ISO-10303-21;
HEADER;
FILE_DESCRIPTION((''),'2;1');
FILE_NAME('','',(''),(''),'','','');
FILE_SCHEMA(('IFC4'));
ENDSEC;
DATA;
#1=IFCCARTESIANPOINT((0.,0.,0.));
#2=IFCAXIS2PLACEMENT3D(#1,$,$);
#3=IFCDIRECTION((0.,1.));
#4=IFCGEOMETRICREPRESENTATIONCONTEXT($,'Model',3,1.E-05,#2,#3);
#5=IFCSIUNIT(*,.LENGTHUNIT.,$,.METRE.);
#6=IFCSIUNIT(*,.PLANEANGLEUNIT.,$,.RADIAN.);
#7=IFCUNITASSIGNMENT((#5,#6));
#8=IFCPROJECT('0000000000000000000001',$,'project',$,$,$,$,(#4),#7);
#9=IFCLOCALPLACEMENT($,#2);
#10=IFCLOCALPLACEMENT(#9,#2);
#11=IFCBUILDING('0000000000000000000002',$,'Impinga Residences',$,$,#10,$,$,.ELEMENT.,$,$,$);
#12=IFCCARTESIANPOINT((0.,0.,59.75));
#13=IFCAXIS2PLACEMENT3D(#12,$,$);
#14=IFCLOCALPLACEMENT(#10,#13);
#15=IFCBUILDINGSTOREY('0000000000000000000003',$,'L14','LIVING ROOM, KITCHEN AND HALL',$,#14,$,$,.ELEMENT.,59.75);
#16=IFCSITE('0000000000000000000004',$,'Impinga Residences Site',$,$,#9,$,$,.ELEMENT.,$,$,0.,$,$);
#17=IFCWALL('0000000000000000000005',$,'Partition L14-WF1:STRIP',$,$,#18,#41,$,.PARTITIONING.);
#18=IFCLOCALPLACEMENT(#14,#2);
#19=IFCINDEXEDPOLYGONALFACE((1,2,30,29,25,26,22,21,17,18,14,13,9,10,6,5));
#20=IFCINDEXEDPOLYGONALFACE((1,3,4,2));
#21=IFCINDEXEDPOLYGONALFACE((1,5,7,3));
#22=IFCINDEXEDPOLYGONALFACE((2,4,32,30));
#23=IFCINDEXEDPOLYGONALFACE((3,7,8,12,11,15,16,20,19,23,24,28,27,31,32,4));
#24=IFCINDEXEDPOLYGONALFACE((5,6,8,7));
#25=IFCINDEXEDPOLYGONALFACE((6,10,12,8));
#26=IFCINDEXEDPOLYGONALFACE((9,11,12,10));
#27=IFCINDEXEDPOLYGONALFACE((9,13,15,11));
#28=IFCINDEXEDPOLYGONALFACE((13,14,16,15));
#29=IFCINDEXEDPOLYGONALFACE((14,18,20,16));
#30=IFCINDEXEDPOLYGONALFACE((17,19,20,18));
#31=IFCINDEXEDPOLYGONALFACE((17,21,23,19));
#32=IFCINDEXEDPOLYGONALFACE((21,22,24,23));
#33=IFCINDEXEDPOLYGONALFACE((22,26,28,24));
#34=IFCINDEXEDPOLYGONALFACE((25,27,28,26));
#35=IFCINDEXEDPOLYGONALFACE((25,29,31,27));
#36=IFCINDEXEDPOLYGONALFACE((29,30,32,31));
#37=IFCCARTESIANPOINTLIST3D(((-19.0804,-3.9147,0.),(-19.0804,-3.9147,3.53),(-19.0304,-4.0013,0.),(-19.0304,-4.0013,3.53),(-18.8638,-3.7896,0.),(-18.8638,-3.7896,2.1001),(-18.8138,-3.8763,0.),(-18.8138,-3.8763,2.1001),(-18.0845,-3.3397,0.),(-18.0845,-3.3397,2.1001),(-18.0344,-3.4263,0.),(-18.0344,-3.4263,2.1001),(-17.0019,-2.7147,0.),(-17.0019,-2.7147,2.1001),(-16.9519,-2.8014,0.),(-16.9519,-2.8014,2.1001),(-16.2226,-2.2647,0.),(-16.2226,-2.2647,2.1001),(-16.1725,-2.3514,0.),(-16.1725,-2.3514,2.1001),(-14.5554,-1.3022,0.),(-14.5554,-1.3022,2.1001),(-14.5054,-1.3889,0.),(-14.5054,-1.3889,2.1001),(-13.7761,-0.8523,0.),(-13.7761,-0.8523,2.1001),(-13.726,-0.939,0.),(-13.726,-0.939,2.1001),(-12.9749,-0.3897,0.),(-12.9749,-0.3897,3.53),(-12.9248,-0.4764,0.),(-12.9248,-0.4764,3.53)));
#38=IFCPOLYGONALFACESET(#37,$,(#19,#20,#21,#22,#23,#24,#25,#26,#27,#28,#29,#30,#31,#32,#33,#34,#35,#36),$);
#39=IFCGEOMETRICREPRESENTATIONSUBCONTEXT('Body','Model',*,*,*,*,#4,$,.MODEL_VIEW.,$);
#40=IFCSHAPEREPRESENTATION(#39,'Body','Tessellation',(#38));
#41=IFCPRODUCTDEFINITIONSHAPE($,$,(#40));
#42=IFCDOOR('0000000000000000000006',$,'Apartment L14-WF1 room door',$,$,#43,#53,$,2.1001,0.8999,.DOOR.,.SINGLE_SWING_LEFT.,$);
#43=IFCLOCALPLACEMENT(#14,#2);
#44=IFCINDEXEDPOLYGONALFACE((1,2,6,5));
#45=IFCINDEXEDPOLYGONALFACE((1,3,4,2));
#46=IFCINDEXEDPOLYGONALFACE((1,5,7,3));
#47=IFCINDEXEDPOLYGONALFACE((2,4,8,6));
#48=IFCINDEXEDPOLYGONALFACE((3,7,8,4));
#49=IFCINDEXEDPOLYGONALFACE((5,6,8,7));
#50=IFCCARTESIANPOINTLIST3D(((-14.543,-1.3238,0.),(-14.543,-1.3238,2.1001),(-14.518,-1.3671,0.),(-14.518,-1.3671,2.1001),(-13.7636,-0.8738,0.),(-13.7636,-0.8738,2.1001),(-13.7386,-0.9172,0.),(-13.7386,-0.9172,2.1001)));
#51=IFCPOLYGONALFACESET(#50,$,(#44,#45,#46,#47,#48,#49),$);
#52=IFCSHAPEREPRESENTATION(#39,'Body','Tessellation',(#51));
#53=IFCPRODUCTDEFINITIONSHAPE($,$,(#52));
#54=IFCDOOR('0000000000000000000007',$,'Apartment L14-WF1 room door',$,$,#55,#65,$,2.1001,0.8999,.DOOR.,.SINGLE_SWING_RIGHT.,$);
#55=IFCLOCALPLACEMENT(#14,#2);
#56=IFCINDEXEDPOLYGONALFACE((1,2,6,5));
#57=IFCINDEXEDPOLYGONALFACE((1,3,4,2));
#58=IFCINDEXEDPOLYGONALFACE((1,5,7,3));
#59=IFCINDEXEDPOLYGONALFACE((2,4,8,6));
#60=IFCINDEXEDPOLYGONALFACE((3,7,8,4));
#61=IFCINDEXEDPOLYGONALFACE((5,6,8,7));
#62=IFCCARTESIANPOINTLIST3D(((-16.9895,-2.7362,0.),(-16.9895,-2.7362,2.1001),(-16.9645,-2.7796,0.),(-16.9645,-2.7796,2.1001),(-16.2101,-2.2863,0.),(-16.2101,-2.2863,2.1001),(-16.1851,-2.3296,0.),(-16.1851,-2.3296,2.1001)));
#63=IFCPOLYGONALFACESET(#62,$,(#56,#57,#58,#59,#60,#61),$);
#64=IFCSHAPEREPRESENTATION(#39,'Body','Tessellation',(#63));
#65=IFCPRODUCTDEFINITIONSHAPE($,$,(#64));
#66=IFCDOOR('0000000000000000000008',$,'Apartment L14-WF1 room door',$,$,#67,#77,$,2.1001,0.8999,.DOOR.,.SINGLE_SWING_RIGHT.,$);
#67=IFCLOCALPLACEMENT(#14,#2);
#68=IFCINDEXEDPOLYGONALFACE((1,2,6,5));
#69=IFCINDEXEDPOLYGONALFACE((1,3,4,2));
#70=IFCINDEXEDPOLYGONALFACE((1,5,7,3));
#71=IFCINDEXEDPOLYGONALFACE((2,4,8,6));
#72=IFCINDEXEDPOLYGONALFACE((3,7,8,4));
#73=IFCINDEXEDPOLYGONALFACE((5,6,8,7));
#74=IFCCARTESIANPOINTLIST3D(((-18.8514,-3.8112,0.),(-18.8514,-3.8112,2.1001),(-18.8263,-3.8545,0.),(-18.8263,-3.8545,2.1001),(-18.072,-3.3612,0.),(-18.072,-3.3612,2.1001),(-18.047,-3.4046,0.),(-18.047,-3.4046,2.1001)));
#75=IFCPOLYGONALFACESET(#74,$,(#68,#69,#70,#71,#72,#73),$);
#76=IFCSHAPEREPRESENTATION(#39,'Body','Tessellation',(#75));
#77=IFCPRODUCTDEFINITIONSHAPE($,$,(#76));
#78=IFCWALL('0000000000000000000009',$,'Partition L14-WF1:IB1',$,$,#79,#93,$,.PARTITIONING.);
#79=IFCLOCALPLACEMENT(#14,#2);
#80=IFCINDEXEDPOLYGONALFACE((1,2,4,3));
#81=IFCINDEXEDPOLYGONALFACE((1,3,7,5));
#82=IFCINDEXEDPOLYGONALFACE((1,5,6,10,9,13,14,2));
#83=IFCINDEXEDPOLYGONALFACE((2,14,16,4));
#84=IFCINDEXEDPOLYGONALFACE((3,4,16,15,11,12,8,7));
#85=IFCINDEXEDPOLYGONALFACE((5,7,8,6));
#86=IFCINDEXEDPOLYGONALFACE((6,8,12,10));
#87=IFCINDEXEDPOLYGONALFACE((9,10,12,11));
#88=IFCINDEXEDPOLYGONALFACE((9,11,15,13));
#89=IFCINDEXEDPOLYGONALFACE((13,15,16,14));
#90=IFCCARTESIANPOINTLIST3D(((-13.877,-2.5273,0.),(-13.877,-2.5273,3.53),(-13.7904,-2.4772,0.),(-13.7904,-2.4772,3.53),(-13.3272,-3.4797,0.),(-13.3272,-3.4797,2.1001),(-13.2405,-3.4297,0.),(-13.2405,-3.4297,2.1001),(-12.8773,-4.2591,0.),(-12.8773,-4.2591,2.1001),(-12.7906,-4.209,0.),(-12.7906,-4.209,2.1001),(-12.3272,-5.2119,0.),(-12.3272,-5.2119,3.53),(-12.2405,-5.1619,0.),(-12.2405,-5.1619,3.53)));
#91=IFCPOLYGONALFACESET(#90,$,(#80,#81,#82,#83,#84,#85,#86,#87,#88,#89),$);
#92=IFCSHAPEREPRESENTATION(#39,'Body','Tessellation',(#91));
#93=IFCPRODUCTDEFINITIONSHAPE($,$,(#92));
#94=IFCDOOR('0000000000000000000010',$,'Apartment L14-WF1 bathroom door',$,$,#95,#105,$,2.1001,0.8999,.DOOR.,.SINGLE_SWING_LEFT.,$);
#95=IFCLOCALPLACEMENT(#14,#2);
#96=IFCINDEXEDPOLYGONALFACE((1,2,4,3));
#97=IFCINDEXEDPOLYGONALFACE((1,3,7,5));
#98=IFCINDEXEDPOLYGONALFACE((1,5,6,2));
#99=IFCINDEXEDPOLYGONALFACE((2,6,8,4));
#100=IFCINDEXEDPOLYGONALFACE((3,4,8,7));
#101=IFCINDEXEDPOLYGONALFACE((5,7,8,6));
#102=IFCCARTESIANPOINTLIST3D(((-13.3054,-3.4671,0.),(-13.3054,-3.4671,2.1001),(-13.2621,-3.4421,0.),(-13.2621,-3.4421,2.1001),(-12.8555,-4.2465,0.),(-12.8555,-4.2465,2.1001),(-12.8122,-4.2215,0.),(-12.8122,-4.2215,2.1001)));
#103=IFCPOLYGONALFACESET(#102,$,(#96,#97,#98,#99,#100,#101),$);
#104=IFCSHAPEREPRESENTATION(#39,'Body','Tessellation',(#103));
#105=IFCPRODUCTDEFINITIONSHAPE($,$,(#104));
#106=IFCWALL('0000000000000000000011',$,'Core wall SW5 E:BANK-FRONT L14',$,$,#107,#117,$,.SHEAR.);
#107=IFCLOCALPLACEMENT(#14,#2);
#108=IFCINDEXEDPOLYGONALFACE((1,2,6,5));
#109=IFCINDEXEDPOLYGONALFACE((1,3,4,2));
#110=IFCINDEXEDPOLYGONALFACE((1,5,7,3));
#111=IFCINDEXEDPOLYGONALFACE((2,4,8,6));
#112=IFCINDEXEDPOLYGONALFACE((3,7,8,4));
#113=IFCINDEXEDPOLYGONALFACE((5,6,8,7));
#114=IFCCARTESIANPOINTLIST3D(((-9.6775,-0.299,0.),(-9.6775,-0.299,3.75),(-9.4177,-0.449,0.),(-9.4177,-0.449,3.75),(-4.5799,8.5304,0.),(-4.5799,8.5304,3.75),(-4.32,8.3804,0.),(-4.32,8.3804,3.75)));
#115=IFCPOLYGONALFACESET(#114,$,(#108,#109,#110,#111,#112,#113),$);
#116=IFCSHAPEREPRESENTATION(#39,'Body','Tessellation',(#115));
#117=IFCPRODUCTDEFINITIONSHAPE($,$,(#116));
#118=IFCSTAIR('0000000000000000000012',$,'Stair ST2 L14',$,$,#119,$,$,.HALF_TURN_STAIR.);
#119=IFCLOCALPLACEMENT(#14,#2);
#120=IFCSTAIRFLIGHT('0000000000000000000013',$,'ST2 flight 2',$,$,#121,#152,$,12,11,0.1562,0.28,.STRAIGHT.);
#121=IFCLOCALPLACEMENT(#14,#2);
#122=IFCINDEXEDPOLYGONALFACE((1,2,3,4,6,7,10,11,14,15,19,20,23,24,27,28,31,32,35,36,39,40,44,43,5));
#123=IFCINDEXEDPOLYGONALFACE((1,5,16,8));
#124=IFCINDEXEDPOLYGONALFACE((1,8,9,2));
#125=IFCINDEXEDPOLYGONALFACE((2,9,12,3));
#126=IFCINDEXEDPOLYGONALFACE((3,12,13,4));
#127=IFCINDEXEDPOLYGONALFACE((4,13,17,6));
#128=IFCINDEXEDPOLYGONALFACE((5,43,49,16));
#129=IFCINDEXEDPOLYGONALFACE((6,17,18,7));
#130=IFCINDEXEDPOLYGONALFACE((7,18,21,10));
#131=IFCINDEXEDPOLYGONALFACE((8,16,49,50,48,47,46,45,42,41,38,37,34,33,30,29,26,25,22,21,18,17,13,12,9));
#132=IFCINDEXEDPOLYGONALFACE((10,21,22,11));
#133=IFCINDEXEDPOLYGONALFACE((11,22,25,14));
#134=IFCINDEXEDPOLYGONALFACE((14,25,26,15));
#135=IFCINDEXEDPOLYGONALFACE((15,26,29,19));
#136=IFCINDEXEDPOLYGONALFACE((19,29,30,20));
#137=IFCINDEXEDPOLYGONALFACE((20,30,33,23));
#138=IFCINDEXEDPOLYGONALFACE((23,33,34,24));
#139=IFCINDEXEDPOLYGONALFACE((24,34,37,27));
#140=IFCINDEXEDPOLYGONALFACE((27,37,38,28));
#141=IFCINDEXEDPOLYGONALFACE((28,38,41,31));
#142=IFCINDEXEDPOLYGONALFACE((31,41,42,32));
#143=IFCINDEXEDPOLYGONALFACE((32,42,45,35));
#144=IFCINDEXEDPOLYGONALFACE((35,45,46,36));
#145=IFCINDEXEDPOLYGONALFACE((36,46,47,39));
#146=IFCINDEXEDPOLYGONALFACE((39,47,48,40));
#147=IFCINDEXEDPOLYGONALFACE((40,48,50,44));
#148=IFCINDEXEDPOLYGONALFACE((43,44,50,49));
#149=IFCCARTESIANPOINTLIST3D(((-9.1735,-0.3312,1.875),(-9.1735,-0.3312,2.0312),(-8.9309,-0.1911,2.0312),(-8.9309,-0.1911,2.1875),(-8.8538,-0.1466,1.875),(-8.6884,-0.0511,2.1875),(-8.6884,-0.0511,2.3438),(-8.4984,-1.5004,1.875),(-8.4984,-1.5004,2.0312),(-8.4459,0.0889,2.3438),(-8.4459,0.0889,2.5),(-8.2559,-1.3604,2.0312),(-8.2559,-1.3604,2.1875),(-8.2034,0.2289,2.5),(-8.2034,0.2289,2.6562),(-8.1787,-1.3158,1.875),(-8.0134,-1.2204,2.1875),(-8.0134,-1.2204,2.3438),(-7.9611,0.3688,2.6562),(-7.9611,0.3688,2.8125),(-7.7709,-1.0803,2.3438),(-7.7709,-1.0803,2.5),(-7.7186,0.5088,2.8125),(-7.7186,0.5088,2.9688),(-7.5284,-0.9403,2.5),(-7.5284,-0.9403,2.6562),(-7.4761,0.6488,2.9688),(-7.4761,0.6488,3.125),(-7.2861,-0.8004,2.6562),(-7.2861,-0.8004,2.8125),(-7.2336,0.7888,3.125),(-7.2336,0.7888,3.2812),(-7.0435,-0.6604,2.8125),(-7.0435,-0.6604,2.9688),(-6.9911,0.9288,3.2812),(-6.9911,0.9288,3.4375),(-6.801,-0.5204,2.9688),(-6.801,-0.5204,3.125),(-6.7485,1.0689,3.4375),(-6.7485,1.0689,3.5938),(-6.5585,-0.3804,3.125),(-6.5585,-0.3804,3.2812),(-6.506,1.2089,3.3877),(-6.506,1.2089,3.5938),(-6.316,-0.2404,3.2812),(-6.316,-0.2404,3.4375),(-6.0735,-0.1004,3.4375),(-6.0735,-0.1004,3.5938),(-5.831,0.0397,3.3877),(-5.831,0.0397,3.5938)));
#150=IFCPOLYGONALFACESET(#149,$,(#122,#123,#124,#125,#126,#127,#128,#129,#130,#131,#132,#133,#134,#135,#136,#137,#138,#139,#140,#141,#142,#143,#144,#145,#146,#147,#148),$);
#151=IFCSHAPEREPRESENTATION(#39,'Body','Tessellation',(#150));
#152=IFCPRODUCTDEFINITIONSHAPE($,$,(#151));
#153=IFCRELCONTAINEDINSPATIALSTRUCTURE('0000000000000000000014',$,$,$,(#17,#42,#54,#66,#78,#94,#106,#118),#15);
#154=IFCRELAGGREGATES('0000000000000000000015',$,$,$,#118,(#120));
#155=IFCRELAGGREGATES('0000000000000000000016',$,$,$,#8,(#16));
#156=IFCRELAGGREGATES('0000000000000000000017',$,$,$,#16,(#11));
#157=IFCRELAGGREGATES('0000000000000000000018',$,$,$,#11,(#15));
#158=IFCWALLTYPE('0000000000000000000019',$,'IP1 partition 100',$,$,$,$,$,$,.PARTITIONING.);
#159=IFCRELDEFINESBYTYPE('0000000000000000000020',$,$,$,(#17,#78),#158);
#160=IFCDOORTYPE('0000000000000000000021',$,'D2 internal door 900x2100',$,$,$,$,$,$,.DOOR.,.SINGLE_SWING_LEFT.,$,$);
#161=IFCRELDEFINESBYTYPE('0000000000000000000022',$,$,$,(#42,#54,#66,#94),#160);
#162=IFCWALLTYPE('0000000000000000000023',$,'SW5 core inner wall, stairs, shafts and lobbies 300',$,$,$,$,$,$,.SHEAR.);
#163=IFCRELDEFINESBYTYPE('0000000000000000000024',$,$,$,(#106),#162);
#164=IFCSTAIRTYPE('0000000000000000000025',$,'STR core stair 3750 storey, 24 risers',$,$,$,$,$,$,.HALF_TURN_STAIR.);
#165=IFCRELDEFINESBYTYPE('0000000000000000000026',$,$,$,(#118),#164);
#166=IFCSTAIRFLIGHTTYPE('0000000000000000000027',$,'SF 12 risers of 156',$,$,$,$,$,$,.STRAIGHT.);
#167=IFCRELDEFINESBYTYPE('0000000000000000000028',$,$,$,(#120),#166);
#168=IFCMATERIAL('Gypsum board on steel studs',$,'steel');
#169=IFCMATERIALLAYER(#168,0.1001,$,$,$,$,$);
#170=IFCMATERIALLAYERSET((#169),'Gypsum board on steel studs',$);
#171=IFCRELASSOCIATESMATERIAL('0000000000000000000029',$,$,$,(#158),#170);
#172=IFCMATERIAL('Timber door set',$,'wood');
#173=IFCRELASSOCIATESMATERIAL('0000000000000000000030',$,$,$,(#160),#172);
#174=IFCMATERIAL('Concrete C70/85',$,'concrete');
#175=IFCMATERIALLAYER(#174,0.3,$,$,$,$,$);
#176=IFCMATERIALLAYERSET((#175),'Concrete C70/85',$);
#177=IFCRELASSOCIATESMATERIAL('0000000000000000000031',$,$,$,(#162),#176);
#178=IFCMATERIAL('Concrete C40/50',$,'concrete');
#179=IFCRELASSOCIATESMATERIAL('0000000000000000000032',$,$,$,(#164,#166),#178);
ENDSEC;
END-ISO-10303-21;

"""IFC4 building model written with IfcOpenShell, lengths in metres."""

from ifc_helpers import new_model, si_unit, direction, frame, frame_2d, origin, place, context, subcontext, project, spatial, polyline, rectangle, outline, extrude, material, layer, layer_set, type_object, element, fill, aggregate, save


model = new_model("IFC4")

# Units and contexts
model_context = context("Model", 3, precision=1e-05, world=origin(), true_north=direction((0.0, 1.0)))
body_context = subcontext(model_context, "Body", "Model", "MODEL_VIEW")
ifc_project = project(units=[si_unit("LENGTHUNIT", "METRE"), si_unit("PLANEANGLEUNIT", "RADIAN")], contexts=[model_context])

# Site, building, storey
site_placement = place(None, origin())
site = spatial("IfcSite", under=ifc_project, at=site_placement, Name="Impinga Residences Site", CompositionType="ELEMENT", RefElevation=0.0)
building_placement = place(site_placement, origin())
building = spatial("IfcBuilding", under=site, at=building_placement, Name="Impinga Residences", CompositionType="ELEMENT")
storey_placement = place(building_placement, frame((0.0, 0.0, 59.75)))
storey = spatial("IfcBuildingStorey", under=building, at=storey_placement, Name="L14", Description="LIVING ROOM, KITCHEN AND HALL", CompositionType="ELEMENT", Elevation=59.75)

# Shared definitions
ifc_material_1 = material(Name="Concrete C70/85", Category="concrete")
ifc_material_2 = material(Name="Timber door set", Category="wood")

# Shared definitions
ifc_material_3 = material(Name="Gypsum board on steel studs", Category="steel")
ifc_layer_1 = layer(ifc_material_3, 0.1001)
ifc_layer_set_1 = layer_set([ifc_layer_1], Name="Gypsum board on steel studs")
wall_type_1 = type_object("IfcWallType", Name="IP1 partition 100", PredefinedType="PARTITIONING", material=ifc_layer_set_1)

# Wall, openings, doors
wall_1_placement = place(storey_placement, frame((-12.95, -0.4331, 0.0), z_axis=(0.0, 0.0, 1.0), x_axis=(-0.866031, -0.49999, 0.0)))
wall_1 = element("IfcWall", 1, at=wall_1_placement, inside=storey, type_object=wall_type_1, Name="Partition L14-WF1:STRIP", PredefinedType="PARTITIONING", context=body_context, shape_type="SweptSolid", body=[
    extrude(rectangle(XDim=7.05, YDim=0.1001, at=frame_2d((3.5249, 0.0))), origin(), (0.0, 0.0, 1.0), 3.53),
])
opening_1_placement = place(wall_1_placement, frame((0.925, 0.0, 0.0)))
opening_1 = element("IfcOpeningElement", 2, at=opening_1_placement, cuts=wall_1, PredefinedType="OPENING", context=body_context, shape_type="SweptSolid", body=[
    extrude(rectangle(XDim=0.8999, YDim=2.1001, at=frame_2d((0.45, 1.05))), frame((0.0, 0.0601, 0.0), z_axis=(0.0, -1.0, 0.0), x_axis=(1.0, 0.0, 0.0)), (0.0, 0.0, 1.0), 0.1201),
])
opening_2_placement = place(wall_1_placement, frame((3.75, 0.0, 0.0)))
opening_2 = element("IfcOpeningElement", 3, at=opening_2_placement, cuts=wall_1, PredefinedType="OPENING", context=body_context, shape_type="SweptSolid", body=[
    extrude(rectangle(XDim=0.8999, YDim=2.1001, at=frame_2d((0.45, 1.05))), frame((0.0, 0.0601, 0.0), z_axis=(0.0, -1.0, 0.0), x_axis=(1.0, 0.0, 0.0)), (0.0, 0.0, 1.0), 0.1201),
])
opening_3_placement = place(wall_1_placement, frame((5.8999, 0.0, 0.0)))
opening_3 = element("IfcOpeningElement", 4, at=opening_3_placement, cuts=wall_1, PredefinedType="OPENING", context=body_context, shape_type="SweptSolid", body=[
    extrude(rectangle(XDim=0.8999, YDim=2.1001, at=frame_2d((0.45, 1.05))), frame((0.0, 0.0601, 0.0), z_axis=(0.0, -1.0, 0.0), x_axis=(1.0, 0.0, 0.0)), (0.0, 0.0, 1.0), 0.1201),
])
door_type_1 = type_object("IfcDoorType", Name="D2 internal door 900x2100", OperationType="SINGLE_SWING_LEFT", PredefinedType="DOOR", material=ifc_material_2)
door_1_placement = place(opening_1_placement, origin())
door_1 = element("IfcDoor", 5, at=door_1_placement, inside=storey, type_object=door_type_1, Name="Apartment L14-WF1 room door", OperationType="SINGLE_SWING_LEFT", OverallHeight=2.1001, OverallWidth=0.8999, PredefinedType="DOOR", context=body_context, shape_type="SweptSolid", body=[
    extrude(rectangle(XDim=0.8999, YDim=2.1001, at=frame_2d((0.45, 1.05))), frame((0.0, 0.0249, 0.0), z_axis=(0.0, -1.0, 0.0), x_axis=(1.0, 0.0, 0.0)), (0.0, 0.0, 1.0), 0.05),
])
fill(opening_1, door_1)
door_2_placement = place(opening_2_placement, origin())
door_2 = element("IfcDoor", 6, at=door_2_placement, inside=storey, type_object=door_type_1, Name="Apartment L14-WF1 room door", OperationType="SINGLE_SWING_RIGHT", OverallHeight=2.1001, OverallWidth=0.8999, PredefinedType="DOOR", context=body_context, shape_type="SweptSolid", body=[
    extrude(rectangle(XDim=0.8999, YDim=2.1001, at=frame_2d((0.45, 1.05))), frame((0.0, 0.0249, 0.0), z_axis=(0.0, -1.0, 0.0), x_axis=(1.0, 0.0, 0.0)), (0.0, 0.0, 1.0), 0.05),
])
fill(opening_2, door_2)
door_3_placement = place(opening_3_placement, origin())
door_3 = element("IfcDoor", 7, at=door_3_placement, inside=storey, type_object=door_type_1, Name="Apartment L14-WF1 room door", OperationType="SINGLE_SWING_RIGHT", OverallHeight=2.1001, OverallWidth=0.8999, PredefinedType="DOOR", context=body_context, shape_type="SweptSolid", body=[
    extrude(rectangle(XDim=0.8999, YDim=2.1001, at=frame_2d((0.45, 1.05))), frame((0.0, 0.0249, 0.0), z_axis=(0.0, -1.0, 0.0), x_axis=(1.0, 0.0, 0.0)), (0.0, 0.0, 1.0), 0.05),
])
fill(opening_3, door_3)

# Wall, opening, door
wall_2_placement = place(storey_placement, frame((-12.2839, -5.1868, 0.0), z_axis=(0.0, 0.0, 1.0), x_axis=(-0.499968, 0.866044, 0.0)))
wall_2 = element("IfcWall", 8, at=wall_2_placement, inside=storey, type_object=wall_type_1, Name="Partition L14-WF1:IB1", PredefinedType="PARTITIONING", context=body_context, shape_type="SweptSolid", body=[
    extrude(rectangle(XDim=3.0999, YDim=0.1001, at=frame_2d((1.5498, 0.0))), origin(), (0.0, 0.0, 1.0), 3.53),
])
opening_4_placement = place(wall_2_placement, frame((1.1001, 0.0, 0.0)))
opening_4 = element("IfcOpeningElement", 9, at=opening_4_placement, cuts=wall_2, PredefinedType="OPENING", context=body_context, shape_type="SweptSolid", body=[
    extrude(rectangle(XDim=0.8999, YDim=2.1001, at=frame_2d((0.45, 1.05))), frame((0.0, 0.0601, 0.0), z_axis=(0.0, -1.0, 0.0), x_axis=(1.0, 0.0, 0.0)), (0.0, 0.0, 1.0), 0.1201),
])
door_4_placement = place(opening_4_placement, origin())
door_4 = element("IfcDoor", 10, at=door_4_placement, inside=storey, type_object=door_type_1, Name="Apartment L14-WF1 bathroom door", OperationType="SINGLE_SWING_LEFT", OverallHeight=2.1001, OverallWidth=0.8999, PredefinedType="DOOR", context=body_context, shape_type="SweptSolid", body=[
    extrude(rectangle(XDim=0.8999, YDim=2.1001, at=frame_2d((0.45, 1.05))), frame((0.0, 0.0249, 0.0), z_axis=(0.0, -1.0, 0.0), x_axis=(1.0, 0.0, 0.0)), (0.0, 0.0, 1.0), 0.05),
])
fill(opening_4, door_4)

# Wall
ifc_layer_2 = layer(ifc_material_1, 0.3)
ifc_layer_set_2 = layer_set([ifc_layer_2], Name="Concrete C70/85")
wall_type_2 = type_object("IfcWallType", Name="SW5 core inner wall, stairs, shafts and lobbies 300", PredefinedType="SHEAR", material=ifc_layer_set_2)
wall_3_placement = place(storey_placement, frame((-9.5476, -0.374, 0.0), z_axis=(0.0, 0.0, 1.0), x_axis=(0.500002, 0.866024, 0.0)))
element("IfcWall", 11, at=wall_3_placement, inside=storey, type_object=wall_type_2, Name="Core wall SW5 E:BANK-FRONT L14", PredefinedType="SHEAR", context=body_context, shape_type="SweptSolid", body=[
    extrude(rectangle(XDim=10.1953, YDim=0.3, at=frame_2d((5.0977, 0.0))), origin(), (0.0, 0.0, 1.0), 3.75),
])

# Stair, stair flight
ifc_material_4 = material(Name="Concrete C40/50", Category="concrete")
stair_type = type_object("IfcStairType", Name="STR core stair 3750 storey, 24 risers", PredefinedType="HALF_TURN_STAIR", material=ifc_material_4)
stair_placement = place(storey_placement, origin())
stair = element("IfcStair", 12, at=stair_placement, inside=storey, type_object=stair_type, Name="Stair ST2 L14", PredefinedType="HALF_TURN_STAIR")
stair_flight_type = type_object("IfcStairFlightType", Name="SF 12 risers of 156", PredefinedType="STRAIGHT", material=ifc_material_4)
stair_flight_placement = place(storey_placement, frame((-8.8359, -0.9158, 1.875), z_axis=(0.0, 0.0, 1.0), x_axis=(0.866025, 0.5, 0.0)))
stair_flight = element("IfcStairFlight", 13, at=stair_flight_placement, type_object=stair_flight_type, Name="ST2 flight 2", NumberOfRisers=12, NumberOfTreads=11, PredefinedType="STRAIGHT", RiserHeight=0.1562, TreadLength=0.28, context=body_context, shape_type="SweptSolid", body=[
    extrude(outline(polyline([(0.0, 0.0), (0.0, 0.1562), (0.28, 0.1562), (0.28, 0.3125), (0.5601, 0.3125), (0.5601, 0.4688), (0.8401, 0.4688), (0.8401, 0.625), (1.1201, 0.625), (1.1201, 0.7812), (1.3999, 0.7812), (1.3999, 0.9375), (1.6799, 0.9375), (1.6799, 1.0938), (1.96, 1.0938), (1.96, 1.25), (2.24, 1.25), (2.24, 1.4062), (2.52, 1.4062), (2.52, 1.5625), (2.8, 1.5625), (2.8, 1.7188), (3.0801, 1.7188), (3.0801, 1.875), (3.0801, 1.5127), (0.3691, 0.0), (0.0, 0.0)])), frame((0.0, 0.675, 0.0), z_axis=(0.0, -1.0, 0.0), x_axis=(1.0, 0.0, 0.0)), (0.0, 0.0, 1.0), 1.3501),
])
aggregate(stair, [stair_flight])

save(model, "model.ifc")
